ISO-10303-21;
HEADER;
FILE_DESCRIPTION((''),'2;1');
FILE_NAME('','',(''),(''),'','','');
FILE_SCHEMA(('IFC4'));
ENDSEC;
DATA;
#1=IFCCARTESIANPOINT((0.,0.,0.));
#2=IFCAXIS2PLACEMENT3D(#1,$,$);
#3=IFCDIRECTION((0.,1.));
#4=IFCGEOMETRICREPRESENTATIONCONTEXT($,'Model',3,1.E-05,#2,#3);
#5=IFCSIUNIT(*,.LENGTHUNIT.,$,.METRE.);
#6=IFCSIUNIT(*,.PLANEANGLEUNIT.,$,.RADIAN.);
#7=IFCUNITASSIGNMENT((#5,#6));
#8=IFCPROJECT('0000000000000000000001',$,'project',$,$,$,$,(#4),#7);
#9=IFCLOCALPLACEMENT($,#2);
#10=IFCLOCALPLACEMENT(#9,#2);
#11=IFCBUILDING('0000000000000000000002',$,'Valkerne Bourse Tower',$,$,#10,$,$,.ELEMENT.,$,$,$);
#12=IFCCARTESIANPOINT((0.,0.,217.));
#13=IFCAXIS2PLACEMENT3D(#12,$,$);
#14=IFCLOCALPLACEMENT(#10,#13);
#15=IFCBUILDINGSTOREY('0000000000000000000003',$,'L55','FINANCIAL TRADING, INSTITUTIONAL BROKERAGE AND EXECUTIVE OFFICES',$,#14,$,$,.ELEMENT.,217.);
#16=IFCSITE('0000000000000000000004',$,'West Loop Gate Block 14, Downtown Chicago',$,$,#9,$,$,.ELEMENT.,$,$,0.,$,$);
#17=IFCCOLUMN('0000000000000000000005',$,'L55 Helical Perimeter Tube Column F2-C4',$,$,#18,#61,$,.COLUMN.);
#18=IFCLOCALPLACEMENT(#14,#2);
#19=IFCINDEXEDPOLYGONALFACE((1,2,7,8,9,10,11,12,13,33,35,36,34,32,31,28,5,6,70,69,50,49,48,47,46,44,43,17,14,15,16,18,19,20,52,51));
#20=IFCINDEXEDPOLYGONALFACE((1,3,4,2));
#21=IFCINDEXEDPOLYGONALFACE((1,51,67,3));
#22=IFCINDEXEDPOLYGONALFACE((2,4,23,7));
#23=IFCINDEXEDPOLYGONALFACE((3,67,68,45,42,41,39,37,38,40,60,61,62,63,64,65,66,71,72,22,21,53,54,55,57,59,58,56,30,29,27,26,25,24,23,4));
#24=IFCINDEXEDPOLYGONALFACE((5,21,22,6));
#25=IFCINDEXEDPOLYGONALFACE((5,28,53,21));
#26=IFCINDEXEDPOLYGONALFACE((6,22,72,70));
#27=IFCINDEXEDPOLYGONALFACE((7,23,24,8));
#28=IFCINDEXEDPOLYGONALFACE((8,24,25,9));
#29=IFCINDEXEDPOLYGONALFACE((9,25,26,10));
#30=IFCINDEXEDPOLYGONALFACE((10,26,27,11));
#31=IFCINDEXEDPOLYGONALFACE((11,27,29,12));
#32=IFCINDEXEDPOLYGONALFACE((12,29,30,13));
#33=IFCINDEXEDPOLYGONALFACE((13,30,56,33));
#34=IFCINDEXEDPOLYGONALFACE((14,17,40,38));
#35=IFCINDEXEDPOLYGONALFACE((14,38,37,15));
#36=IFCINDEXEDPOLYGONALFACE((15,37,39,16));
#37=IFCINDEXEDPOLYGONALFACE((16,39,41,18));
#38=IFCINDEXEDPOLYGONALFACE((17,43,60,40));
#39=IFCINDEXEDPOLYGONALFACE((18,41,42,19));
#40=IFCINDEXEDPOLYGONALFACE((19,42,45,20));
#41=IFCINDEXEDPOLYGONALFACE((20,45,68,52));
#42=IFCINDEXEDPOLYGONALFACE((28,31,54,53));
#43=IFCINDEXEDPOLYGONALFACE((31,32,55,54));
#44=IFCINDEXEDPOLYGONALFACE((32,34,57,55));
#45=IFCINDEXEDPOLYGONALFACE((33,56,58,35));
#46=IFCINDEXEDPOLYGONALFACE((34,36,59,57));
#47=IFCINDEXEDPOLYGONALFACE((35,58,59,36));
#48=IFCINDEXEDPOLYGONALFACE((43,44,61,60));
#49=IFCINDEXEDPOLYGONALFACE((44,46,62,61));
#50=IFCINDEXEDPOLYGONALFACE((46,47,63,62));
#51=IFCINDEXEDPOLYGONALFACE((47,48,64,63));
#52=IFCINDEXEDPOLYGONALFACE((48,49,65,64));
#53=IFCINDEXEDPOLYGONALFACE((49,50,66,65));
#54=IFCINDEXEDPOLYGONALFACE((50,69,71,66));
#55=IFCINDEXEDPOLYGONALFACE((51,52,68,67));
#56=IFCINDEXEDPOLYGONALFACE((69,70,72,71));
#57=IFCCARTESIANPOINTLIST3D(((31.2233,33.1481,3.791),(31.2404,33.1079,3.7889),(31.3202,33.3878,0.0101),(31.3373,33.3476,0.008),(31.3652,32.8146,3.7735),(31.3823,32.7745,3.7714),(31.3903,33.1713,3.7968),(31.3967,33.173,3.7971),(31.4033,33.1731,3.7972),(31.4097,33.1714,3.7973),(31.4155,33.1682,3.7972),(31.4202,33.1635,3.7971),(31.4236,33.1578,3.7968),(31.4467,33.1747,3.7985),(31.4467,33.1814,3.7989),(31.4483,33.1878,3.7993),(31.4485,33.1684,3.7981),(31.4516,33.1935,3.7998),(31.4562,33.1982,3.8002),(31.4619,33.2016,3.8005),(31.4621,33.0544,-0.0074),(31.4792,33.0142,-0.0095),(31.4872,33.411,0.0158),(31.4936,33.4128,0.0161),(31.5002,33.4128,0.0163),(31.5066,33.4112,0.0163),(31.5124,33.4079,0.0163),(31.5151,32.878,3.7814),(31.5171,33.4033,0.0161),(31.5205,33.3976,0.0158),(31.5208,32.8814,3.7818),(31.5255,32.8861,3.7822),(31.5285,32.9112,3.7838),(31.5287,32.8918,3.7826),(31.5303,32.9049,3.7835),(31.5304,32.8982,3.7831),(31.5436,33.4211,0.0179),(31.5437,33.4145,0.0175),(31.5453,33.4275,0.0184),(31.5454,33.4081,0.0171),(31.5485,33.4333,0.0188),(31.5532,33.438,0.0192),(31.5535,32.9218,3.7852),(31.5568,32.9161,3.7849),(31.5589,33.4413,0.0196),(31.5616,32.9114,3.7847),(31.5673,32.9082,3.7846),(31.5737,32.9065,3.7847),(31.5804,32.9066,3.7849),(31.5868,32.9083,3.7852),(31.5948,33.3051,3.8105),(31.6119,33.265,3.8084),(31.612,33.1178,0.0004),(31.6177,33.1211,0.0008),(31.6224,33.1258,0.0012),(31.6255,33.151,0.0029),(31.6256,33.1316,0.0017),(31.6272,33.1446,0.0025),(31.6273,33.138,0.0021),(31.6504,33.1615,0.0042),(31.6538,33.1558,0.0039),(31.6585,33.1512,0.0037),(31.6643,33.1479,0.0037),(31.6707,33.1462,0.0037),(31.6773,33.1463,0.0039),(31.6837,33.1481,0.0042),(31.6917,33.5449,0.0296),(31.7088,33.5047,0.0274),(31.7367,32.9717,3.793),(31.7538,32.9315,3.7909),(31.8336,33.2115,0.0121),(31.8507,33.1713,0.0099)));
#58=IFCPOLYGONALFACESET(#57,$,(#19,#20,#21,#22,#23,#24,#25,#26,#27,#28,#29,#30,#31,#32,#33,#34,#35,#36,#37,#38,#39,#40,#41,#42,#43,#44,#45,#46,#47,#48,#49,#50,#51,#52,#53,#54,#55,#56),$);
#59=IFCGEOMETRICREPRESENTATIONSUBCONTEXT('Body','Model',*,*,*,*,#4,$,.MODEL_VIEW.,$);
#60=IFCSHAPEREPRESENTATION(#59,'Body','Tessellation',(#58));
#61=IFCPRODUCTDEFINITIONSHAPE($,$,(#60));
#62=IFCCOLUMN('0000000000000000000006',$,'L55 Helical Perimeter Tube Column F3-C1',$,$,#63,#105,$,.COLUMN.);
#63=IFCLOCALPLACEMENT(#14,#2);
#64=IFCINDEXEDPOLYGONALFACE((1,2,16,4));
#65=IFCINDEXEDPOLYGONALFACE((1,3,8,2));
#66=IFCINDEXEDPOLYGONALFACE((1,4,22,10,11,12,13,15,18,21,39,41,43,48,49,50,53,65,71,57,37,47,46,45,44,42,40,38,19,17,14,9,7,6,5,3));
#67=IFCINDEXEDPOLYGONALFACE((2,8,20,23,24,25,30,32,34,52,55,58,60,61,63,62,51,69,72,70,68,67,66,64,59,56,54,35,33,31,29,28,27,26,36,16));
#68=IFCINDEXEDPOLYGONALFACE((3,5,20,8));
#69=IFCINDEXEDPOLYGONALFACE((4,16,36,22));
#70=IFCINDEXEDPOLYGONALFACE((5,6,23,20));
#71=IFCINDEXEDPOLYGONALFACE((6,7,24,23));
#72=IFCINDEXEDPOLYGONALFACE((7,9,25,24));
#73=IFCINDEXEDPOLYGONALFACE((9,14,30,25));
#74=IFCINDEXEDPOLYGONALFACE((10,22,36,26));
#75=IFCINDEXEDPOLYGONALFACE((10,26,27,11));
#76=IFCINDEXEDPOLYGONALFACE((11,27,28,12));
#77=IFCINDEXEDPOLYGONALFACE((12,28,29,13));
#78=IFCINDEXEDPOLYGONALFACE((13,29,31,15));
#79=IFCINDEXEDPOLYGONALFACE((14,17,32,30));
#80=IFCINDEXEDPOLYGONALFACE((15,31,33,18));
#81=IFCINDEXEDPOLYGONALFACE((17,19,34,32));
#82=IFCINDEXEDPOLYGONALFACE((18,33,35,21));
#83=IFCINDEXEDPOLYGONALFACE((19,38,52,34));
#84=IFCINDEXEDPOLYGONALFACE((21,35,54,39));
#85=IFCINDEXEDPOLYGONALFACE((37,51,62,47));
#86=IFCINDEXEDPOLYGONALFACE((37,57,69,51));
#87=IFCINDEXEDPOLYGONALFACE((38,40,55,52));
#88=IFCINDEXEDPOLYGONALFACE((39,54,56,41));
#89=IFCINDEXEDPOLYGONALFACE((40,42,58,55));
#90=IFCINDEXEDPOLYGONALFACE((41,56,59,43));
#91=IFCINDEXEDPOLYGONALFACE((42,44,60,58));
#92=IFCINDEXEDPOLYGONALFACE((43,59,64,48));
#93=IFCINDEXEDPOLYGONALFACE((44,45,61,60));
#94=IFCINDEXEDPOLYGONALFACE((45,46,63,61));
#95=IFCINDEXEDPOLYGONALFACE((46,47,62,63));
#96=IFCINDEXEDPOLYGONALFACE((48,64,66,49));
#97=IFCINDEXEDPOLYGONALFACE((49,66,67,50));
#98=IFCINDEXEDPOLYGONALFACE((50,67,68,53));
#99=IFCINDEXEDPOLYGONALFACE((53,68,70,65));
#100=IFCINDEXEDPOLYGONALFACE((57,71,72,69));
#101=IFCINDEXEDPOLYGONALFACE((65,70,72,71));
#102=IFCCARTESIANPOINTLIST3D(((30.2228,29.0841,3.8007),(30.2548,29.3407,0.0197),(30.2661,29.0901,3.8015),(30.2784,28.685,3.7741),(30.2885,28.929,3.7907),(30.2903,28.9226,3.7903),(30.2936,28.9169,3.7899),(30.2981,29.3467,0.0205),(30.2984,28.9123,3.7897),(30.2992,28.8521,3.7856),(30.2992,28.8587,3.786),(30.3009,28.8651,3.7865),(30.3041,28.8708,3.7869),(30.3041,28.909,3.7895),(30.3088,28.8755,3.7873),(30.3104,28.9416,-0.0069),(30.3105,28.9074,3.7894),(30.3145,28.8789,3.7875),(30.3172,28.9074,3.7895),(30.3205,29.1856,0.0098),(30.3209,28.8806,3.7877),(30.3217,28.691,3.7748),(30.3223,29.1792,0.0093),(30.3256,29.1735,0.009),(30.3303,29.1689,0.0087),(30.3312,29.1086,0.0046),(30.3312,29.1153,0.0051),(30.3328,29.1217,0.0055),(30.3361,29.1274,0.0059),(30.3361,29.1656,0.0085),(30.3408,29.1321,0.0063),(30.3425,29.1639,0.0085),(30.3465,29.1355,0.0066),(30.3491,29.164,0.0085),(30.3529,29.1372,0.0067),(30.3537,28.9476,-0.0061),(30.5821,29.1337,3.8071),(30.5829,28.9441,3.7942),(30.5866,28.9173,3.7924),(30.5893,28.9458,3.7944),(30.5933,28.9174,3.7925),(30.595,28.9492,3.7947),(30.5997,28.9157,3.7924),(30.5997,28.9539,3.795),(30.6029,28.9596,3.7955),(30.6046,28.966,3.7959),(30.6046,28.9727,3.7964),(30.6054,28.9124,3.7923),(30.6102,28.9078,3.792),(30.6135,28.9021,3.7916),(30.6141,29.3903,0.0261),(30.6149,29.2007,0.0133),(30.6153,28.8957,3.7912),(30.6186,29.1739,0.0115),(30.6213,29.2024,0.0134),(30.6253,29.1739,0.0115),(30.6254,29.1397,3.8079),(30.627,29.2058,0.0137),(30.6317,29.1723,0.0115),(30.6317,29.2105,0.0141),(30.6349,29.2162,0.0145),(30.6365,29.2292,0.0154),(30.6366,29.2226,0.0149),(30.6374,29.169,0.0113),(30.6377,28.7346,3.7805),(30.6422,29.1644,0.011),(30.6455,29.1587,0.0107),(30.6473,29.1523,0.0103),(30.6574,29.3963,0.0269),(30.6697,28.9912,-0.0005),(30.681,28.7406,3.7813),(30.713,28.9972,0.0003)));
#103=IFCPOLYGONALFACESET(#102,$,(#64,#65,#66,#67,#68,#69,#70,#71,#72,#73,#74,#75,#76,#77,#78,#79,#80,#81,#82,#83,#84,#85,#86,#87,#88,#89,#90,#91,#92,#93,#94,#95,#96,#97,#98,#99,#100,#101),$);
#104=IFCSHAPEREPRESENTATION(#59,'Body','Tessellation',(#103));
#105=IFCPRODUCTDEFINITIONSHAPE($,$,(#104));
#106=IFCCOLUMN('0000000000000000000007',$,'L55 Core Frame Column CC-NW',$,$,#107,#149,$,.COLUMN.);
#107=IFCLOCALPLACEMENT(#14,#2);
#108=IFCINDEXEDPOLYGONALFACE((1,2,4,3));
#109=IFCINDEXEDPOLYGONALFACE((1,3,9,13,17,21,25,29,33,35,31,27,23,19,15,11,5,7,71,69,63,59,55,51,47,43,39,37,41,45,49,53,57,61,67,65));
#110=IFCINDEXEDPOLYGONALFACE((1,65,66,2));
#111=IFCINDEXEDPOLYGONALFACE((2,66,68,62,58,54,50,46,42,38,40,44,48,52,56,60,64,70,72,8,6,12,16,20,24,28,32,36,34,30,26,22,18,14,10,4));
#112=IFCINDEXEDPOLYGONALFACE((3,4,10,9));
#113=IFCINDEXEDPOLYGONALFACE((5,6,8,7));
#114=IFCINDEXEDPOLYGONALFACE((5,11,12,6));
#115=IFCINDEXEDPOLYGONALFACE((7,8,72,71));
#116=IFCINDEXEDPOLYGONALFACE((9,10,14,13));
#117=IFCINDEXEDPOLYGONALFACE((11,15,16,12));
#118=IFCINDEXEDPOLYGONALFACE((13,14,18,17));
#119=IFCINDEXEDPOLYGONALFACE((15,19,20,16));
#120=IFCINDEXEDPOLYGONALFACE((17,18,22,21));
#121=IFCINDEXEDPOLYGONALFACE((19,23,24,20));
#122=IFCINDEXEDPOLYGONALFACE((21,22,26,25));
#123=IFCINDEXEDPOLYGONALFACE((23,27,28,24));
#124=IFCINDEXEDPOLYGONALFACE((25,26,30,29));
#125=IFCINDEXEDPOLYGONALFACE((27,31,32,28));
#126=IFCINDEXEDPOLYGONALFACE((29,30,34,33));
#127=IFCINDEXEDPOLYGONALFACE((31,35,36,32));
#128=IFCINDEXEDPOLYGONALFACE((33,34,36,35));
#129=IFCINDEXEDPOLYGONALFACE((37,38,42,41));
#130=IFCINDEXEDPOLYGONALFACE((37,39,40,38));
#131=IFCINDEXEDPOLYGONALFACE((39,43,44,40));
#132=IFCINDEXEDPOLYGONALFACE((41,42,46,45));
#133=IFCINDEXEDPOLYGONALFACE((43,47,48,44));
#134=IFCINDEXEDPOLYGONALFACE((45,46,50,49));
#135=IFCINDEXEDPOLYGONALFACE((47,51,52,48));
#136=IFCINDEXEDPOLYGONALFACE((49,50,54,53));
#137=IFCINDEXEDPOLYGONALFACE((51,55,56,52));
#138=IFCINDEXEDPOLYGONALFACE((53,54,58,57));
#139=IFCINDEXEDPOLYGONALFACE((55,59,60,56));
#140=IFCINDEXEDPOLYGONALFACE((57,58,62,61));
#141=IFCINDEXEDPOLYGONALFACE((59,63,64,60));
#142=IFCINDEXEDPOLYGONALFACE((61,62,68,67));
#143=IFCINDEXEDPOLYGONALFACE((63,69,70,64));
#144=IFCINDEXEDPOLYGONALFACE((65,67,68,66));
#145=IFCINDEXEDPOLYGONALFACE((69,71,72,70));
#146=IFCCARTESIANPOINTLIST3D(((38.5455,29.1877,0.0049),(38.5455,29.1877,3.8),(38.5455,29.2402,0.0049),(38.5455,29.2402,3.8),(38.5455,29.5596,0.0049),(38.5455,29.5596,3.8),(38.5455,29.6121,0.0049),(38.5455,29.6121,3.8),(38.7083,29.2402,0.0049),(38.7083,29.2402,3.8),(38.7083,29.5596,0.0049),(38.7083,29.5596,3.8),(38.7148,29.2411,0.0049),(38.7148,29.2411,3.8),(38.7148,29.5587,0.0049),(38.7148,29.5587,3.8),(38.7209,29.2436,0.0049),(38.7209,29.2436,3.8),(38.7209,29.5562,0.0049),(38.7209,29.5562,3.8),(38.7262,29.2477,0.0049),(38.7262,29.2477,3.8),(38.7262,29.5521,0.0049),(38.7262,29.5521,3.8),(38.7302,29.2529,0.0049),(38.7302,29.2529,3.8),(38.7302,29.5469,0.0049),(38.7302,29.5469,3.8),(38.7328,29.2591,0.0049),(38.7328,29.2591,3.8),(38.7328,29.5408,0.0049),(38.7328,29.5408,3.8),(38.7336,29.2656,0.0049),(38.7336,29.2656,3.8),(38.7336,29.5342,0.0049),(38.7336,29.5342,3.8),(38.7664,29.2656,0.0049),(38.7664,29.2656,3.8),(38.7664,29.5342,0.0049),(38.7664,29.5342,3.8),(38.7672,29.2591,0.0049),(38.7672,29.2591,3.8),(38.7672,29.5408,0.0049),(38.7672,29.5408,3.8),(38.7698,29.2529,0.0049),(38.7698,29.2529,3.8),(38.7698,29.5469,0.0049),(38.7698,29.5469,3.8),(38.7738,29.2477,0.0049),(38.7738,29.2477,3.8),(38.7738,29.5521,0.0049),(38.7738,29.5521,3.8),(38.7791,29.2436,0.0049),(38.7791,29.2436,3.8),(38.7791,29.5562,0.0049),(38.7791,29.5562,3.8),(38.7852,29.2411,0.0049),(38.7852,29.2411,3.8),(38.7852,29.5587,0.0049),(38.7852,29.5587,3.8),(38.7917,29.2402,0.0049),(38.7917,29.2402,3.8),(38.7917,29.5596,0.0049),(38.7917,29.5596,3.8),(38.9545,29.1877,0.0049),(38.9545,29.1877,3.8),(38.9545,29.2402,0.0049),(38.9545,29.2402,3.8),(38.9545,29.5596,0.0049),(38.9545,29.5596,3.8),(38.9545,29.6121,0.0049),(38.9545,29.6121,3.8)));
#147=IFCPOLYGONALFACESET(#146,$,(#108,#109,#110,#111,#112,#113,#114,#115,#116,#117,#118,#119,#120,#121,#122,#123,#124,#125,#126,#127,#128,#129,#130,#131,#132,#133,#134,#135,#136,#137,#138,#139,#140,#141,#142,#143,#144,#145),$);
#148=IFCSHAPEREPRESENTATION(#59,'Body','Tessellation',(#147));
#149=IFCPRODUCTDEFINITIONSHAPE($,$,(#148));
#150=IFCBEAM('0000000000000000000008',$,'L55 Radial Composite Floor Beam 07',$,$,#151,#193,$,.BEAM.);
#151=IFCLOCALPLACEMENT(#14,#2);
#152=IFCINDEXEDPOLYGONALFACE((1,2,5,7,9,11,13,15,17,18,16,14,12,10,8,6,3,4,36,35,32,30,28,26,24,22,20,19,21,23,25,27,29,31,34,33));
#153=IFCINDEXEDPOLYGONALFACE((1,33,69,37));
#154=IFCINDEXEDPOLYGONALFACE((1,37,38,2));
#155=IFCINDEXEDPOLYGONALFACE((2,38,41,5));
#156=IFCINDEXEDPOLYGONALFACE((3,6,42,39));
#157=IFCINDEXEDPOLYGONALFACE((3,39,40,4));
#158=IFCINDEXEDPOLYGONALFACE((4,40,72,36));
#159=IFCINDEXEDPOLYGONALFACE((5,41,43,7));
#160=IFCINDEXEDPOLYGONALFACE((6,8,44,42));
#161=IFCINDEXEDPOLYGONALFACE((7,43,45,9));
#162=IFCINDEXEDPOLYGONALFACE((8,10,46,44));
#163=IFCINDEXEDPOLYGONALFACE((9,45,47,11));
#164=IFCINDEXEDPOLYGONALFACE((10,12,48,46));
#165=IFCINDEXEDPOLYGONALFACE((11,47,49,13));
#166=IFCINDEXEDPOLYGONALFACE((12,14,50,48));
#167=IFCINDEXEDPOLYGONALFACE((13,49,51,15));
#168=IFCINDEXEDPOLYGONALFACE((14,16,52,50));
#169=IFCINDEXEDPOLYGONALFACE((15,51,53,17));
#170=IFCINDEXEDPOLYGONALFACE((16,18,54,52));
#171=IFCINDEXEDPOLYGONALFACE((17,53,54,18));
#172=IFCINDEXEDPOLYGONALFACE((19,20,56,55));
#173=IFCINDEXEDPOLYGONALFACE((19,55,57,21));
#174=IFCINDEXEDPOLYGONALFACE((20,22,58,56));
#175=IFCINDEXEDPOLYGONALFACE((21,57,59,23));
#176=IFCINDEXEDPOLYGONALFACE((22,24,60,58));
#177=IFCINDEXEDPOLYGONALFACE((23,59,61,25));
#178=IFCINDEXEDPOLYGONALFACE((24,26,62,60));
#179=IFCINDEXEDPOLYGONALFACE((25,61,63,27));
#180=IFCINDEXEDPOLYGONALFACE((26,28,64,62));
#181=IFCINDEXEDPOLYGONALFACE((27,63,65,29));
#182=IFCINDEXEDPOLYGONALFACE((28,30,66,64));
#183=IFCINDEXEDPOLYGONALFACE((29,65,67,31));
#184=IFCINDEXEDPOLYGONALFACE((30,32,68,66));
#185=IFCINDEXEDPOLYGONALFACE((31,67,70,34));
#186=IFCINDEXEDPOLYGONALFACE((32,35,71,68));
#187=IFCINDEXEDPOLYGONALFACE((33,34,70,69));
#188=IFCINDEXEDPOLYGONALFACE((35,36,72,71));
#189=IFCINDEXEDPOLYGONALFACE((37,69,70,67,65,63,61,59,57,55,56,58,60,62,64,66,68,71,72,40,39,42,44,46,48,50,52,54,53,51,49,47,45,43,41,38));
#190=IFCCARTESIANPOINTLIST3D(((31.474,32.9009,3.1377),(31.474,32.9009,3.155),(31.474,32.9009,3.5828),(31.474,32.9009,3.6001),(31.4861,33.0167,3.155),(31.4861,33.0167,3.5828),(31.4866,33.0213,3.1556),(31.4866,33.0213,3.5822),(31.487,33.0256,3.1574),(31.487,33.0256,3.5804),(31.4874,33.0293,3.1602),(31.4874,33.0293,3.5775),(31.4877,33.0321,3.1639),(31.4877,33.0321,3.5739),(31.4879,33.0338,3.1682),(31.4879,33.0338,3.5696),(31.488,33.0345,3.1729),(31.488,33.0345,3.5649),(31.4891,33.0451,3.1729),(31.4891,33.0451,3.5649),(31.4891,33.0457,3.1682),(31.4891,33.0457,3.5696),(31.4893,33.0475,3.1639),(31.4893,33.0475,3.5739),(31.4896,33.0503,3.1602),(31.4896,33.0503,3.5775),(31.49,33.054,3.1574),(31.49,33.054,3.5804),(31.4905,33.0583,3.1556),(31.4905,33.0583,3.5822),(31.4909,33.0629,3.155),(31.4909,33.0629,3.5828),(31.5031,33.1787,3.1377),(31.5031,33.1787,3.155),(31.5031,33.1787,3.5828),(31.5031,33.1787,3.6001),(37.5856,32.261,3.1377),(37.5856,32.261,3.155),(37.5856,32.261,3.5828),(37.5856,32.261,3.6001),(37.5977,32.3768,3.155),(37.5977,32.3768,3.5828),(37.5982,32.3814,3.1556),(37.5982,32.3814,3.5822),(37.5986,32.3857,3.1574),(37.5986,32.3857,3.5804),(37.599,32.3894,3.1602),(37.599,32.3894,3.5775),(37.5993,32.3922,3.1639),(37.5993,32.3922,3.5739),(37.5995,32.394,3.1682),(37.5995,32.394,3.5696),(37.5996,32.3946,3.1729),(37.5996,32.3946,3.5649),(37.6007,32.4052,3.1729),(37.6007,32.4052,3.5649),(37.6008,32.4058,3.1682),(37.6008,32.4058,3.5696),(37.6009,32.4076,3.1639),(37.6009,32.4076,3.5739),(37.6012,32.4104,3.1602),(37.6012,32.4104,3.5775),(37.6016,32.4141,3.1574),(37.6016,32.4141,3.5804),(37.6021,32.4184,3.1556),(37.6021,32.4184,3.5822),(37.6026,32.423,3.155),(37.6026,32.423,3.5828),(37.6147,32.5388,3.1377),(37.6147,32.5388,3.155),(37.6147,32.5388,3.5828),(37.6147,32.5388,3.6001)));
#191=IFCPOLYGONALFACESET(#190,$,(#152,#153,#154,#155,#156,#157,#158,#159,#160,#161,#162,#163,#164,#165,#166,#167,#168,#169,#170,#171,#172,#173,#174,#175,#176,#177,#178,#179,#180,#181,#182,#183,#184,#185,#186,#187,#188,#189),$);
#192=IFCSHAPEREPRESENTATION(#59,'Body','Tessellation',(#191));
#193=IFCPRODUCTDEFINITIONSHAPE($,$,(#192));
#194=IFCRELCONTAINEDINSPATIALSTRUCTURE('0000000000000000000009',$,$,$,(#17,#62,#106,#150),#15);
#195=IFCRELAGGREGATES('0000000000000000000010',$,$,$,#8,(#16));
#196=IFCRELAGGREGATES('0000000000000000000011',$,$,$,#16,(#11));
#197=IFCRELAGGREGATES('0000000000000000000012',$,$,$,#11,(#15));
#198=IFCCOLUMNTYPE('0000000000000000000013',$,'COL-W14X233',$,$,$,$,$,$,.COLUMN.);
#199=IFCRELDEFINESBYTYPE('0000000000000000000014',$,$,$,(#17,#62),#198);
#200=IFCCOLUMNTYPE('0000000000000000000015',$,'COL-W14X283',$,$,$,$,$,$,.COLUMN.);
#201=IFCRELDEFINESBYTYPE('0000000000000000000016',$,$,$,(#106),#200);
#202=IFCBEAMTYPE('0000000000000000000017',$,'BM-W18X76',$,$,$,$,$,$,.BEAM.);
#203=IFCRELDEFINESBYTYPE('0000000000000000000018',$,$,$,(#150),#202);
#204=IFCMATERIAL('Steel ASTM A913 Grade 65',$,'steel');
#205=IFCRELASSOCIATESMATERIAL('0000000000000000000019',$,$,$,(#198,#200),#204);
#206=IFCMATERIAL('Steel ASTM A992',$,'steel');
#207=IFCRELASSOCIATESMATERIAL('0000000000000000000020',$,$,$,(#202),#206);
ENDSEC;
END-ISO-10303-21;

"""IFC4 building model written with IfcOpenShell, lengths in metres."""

from ifc_helpers import new_model, si_unit, direction, frame, origin, origin_2d, place, context, subcontext, project, spatial, i_section, extrude, material, material_profile, profile_set, type_object, element, save


model = new_model("IFC4")

# Units and contexts
model_context = context("Model", 3, precision=1e-05, world=origin(), true_north=direction((0.0, 1.0)))
body_context = subcontext(model_context, "Body", "Model", "MODEL_VIEW")
ifc_project = project(units=[si_unit("LENGTHUNIT", "METRE"), si_unit("PLANEANGLEUNIT", "RADIAN")], contexts=[model_context])

# Site, building, storey
site_placement = place(None, origin())
site = spatial("IfcSite", under=ifc_project, at=site_placement, Name="West Loop Gate Block 14, Downtown Chicago", CompositionType="ELEMENT", RefElevation=0.0)
building_placement = place(site_placement, origin())
building = spatial("IfcBuilding", under=site, at=building_placement, Name="Valkerne Bourse Tower", CompositionType="ELEMENT")
storey_placement = place(building_placement, frame((0.0, 0.0, 217.0)))
storey = spatial("IfcBuildingStorey", under=building, at=storey_placement, Name="L55", Description="FINANCIAL TRADING, INSTITUTIONAL BROKERAGE AND EXECUTIVE OFFICES", CompositionType="ELEMENT", Elevation=217.0)

# Columns
ifc_material_1 = material(Name="Steel ASTM A913 Grade 65", Category="steel")
ifc_material_profile_1 = material_profile(ifc_material_1, i_section(OverallWidth=0.4038, OverallDepth=0.4065, WebThickness=0.0271, FlangeThickness=0.0437, FilletRadius=0.0254, at=origin_2d()), Name="W14X233")
ifc_profile_set_1 = profile_set([ifc_material_profile_1], Name="Steel ASTM A913 Grade 65")
column_type_1 = type_object("IfcColumnType", Name="COL-W14X233", PredefinedType="COLUMN", material=ifc_profile_set_1)
for number, where, z_axis, x_axis, name in (
    (1, (31.5854, 33.2795, 0.01), (-0.025575, -0.06326, 0.997669), (-0.919971, -0.389005, -0.048249), "L55 Helical Perimeter Tube Column F2-C4"),
    (2, (30.4839, 29.1689, 0.01), (-0.008439, -0.067705, 0.99767), (0.137638, -0.988288, -0.065904), "L55 Helical Perimeter Tube Column F3-C1"),
):
    element("IfcColumn", number, at=place(storey_placement, frame(where, z_axis=z_axis, x_axis=x_axis)), inside=storey, type_object=column_type_1, Name=name, PredefinedType="COLUMN", context=body_context, shape_type="SweptSolid", body=[
        extrude(i_section(OverallWidth=0.4038, OverallDepth=0.4065, WebThickness=0.0271, FlangeThickness=0.0437, FilletRadius=0.0254, at=origin_2d()), origin(), (0.0, 0.0, 1.0), 3.7898),
    ])
ifc_material_profile_2 = material_profile(ifc_material_1, i_section(OverallWidth=0.4089, OverallDepth=0.4243, WebThickness=0.0327, FlangeThickness=0.0525, FilletRadius=0.0254, at=origin_2d()), Name="W14X283")
ifc_profile_set_2 = profile_set([ifc_material_profile_2], Name="Steel ASTM A913 Grade 65")
column_type_2 = type_object("IfcColumnType", Name="COL-W14X283", PredefinedType="COLUMN", material=ifc_profile_set_2)
column_placement = place(storey_placement, frame((38.75, 29.3999, 0.0049), z_axis=(0.0, 0.0, 1.0), x_axis=(1.0, 0.0, 0.0)))
element("IfcColumn", 3, at=column_placement, inside=storey, type_object=column_type_2, Name="L55 Core Frame Column CC-NW", PredefinedType="COLUMN", context=body_context, shape_type="SweptSolid", body=[
    extrude(i_section(OverallWidth=0.4089, OverallDepth=0.4243, WebThickness=0.0327, FlangeThickness=0.0525, FilletRadius=0.0254, at=origin_2d()), origin(), (0.0, 0.0, 1.0), 3.7952),
])

# Beam
ifc_material_2 = material(Name="Steel ASTM A992", Category="steel")
ifc_material_profile_3 = material_profile(ifc_material_2, i_section(OverallWidth=0.2793, OverallDepth=0.4624, WebThickness=0.0107, FlangeThickness=0.0173, FilletRadius=0.0178, at=origin_2d()), Name="W18X76")
ifc_profile_set_3 = profile_set([ifc_material_profile_3], Name="Steel ASTM A992")
beam_type_1 = type_object("IfcBeamType", Name="BM-W18X76", PredefinedType="BEAM", material=ifc_profile_set_3)
beam_1_placement = place(storey_placement, frame((31.4885, 33.0398, 3.3689), z_axis=(0.994563, -0.104133, 0.0), x_axis=(0.104133, 0.994563, 0.0)))
element("IfcBeam", 4, at=beam_1_placement, inside=storey, type_object=beam_type_1, Name="L55 Radial Composite Floor Beam 07", PredefinedType="BEAM", context=body_context, shape_type="SweptSolid", body=[
    extrude(i_section(OverallWidth=0.2793, OverallDepth=0.4624, WebThickness=0.0107, FlangeThickness=0.0173, FilletRadius=0.0178, at=origin_2d()), origin(), (0.0, 0.0, 1.0), 6.145),
])

save(model, "model.ifc")
